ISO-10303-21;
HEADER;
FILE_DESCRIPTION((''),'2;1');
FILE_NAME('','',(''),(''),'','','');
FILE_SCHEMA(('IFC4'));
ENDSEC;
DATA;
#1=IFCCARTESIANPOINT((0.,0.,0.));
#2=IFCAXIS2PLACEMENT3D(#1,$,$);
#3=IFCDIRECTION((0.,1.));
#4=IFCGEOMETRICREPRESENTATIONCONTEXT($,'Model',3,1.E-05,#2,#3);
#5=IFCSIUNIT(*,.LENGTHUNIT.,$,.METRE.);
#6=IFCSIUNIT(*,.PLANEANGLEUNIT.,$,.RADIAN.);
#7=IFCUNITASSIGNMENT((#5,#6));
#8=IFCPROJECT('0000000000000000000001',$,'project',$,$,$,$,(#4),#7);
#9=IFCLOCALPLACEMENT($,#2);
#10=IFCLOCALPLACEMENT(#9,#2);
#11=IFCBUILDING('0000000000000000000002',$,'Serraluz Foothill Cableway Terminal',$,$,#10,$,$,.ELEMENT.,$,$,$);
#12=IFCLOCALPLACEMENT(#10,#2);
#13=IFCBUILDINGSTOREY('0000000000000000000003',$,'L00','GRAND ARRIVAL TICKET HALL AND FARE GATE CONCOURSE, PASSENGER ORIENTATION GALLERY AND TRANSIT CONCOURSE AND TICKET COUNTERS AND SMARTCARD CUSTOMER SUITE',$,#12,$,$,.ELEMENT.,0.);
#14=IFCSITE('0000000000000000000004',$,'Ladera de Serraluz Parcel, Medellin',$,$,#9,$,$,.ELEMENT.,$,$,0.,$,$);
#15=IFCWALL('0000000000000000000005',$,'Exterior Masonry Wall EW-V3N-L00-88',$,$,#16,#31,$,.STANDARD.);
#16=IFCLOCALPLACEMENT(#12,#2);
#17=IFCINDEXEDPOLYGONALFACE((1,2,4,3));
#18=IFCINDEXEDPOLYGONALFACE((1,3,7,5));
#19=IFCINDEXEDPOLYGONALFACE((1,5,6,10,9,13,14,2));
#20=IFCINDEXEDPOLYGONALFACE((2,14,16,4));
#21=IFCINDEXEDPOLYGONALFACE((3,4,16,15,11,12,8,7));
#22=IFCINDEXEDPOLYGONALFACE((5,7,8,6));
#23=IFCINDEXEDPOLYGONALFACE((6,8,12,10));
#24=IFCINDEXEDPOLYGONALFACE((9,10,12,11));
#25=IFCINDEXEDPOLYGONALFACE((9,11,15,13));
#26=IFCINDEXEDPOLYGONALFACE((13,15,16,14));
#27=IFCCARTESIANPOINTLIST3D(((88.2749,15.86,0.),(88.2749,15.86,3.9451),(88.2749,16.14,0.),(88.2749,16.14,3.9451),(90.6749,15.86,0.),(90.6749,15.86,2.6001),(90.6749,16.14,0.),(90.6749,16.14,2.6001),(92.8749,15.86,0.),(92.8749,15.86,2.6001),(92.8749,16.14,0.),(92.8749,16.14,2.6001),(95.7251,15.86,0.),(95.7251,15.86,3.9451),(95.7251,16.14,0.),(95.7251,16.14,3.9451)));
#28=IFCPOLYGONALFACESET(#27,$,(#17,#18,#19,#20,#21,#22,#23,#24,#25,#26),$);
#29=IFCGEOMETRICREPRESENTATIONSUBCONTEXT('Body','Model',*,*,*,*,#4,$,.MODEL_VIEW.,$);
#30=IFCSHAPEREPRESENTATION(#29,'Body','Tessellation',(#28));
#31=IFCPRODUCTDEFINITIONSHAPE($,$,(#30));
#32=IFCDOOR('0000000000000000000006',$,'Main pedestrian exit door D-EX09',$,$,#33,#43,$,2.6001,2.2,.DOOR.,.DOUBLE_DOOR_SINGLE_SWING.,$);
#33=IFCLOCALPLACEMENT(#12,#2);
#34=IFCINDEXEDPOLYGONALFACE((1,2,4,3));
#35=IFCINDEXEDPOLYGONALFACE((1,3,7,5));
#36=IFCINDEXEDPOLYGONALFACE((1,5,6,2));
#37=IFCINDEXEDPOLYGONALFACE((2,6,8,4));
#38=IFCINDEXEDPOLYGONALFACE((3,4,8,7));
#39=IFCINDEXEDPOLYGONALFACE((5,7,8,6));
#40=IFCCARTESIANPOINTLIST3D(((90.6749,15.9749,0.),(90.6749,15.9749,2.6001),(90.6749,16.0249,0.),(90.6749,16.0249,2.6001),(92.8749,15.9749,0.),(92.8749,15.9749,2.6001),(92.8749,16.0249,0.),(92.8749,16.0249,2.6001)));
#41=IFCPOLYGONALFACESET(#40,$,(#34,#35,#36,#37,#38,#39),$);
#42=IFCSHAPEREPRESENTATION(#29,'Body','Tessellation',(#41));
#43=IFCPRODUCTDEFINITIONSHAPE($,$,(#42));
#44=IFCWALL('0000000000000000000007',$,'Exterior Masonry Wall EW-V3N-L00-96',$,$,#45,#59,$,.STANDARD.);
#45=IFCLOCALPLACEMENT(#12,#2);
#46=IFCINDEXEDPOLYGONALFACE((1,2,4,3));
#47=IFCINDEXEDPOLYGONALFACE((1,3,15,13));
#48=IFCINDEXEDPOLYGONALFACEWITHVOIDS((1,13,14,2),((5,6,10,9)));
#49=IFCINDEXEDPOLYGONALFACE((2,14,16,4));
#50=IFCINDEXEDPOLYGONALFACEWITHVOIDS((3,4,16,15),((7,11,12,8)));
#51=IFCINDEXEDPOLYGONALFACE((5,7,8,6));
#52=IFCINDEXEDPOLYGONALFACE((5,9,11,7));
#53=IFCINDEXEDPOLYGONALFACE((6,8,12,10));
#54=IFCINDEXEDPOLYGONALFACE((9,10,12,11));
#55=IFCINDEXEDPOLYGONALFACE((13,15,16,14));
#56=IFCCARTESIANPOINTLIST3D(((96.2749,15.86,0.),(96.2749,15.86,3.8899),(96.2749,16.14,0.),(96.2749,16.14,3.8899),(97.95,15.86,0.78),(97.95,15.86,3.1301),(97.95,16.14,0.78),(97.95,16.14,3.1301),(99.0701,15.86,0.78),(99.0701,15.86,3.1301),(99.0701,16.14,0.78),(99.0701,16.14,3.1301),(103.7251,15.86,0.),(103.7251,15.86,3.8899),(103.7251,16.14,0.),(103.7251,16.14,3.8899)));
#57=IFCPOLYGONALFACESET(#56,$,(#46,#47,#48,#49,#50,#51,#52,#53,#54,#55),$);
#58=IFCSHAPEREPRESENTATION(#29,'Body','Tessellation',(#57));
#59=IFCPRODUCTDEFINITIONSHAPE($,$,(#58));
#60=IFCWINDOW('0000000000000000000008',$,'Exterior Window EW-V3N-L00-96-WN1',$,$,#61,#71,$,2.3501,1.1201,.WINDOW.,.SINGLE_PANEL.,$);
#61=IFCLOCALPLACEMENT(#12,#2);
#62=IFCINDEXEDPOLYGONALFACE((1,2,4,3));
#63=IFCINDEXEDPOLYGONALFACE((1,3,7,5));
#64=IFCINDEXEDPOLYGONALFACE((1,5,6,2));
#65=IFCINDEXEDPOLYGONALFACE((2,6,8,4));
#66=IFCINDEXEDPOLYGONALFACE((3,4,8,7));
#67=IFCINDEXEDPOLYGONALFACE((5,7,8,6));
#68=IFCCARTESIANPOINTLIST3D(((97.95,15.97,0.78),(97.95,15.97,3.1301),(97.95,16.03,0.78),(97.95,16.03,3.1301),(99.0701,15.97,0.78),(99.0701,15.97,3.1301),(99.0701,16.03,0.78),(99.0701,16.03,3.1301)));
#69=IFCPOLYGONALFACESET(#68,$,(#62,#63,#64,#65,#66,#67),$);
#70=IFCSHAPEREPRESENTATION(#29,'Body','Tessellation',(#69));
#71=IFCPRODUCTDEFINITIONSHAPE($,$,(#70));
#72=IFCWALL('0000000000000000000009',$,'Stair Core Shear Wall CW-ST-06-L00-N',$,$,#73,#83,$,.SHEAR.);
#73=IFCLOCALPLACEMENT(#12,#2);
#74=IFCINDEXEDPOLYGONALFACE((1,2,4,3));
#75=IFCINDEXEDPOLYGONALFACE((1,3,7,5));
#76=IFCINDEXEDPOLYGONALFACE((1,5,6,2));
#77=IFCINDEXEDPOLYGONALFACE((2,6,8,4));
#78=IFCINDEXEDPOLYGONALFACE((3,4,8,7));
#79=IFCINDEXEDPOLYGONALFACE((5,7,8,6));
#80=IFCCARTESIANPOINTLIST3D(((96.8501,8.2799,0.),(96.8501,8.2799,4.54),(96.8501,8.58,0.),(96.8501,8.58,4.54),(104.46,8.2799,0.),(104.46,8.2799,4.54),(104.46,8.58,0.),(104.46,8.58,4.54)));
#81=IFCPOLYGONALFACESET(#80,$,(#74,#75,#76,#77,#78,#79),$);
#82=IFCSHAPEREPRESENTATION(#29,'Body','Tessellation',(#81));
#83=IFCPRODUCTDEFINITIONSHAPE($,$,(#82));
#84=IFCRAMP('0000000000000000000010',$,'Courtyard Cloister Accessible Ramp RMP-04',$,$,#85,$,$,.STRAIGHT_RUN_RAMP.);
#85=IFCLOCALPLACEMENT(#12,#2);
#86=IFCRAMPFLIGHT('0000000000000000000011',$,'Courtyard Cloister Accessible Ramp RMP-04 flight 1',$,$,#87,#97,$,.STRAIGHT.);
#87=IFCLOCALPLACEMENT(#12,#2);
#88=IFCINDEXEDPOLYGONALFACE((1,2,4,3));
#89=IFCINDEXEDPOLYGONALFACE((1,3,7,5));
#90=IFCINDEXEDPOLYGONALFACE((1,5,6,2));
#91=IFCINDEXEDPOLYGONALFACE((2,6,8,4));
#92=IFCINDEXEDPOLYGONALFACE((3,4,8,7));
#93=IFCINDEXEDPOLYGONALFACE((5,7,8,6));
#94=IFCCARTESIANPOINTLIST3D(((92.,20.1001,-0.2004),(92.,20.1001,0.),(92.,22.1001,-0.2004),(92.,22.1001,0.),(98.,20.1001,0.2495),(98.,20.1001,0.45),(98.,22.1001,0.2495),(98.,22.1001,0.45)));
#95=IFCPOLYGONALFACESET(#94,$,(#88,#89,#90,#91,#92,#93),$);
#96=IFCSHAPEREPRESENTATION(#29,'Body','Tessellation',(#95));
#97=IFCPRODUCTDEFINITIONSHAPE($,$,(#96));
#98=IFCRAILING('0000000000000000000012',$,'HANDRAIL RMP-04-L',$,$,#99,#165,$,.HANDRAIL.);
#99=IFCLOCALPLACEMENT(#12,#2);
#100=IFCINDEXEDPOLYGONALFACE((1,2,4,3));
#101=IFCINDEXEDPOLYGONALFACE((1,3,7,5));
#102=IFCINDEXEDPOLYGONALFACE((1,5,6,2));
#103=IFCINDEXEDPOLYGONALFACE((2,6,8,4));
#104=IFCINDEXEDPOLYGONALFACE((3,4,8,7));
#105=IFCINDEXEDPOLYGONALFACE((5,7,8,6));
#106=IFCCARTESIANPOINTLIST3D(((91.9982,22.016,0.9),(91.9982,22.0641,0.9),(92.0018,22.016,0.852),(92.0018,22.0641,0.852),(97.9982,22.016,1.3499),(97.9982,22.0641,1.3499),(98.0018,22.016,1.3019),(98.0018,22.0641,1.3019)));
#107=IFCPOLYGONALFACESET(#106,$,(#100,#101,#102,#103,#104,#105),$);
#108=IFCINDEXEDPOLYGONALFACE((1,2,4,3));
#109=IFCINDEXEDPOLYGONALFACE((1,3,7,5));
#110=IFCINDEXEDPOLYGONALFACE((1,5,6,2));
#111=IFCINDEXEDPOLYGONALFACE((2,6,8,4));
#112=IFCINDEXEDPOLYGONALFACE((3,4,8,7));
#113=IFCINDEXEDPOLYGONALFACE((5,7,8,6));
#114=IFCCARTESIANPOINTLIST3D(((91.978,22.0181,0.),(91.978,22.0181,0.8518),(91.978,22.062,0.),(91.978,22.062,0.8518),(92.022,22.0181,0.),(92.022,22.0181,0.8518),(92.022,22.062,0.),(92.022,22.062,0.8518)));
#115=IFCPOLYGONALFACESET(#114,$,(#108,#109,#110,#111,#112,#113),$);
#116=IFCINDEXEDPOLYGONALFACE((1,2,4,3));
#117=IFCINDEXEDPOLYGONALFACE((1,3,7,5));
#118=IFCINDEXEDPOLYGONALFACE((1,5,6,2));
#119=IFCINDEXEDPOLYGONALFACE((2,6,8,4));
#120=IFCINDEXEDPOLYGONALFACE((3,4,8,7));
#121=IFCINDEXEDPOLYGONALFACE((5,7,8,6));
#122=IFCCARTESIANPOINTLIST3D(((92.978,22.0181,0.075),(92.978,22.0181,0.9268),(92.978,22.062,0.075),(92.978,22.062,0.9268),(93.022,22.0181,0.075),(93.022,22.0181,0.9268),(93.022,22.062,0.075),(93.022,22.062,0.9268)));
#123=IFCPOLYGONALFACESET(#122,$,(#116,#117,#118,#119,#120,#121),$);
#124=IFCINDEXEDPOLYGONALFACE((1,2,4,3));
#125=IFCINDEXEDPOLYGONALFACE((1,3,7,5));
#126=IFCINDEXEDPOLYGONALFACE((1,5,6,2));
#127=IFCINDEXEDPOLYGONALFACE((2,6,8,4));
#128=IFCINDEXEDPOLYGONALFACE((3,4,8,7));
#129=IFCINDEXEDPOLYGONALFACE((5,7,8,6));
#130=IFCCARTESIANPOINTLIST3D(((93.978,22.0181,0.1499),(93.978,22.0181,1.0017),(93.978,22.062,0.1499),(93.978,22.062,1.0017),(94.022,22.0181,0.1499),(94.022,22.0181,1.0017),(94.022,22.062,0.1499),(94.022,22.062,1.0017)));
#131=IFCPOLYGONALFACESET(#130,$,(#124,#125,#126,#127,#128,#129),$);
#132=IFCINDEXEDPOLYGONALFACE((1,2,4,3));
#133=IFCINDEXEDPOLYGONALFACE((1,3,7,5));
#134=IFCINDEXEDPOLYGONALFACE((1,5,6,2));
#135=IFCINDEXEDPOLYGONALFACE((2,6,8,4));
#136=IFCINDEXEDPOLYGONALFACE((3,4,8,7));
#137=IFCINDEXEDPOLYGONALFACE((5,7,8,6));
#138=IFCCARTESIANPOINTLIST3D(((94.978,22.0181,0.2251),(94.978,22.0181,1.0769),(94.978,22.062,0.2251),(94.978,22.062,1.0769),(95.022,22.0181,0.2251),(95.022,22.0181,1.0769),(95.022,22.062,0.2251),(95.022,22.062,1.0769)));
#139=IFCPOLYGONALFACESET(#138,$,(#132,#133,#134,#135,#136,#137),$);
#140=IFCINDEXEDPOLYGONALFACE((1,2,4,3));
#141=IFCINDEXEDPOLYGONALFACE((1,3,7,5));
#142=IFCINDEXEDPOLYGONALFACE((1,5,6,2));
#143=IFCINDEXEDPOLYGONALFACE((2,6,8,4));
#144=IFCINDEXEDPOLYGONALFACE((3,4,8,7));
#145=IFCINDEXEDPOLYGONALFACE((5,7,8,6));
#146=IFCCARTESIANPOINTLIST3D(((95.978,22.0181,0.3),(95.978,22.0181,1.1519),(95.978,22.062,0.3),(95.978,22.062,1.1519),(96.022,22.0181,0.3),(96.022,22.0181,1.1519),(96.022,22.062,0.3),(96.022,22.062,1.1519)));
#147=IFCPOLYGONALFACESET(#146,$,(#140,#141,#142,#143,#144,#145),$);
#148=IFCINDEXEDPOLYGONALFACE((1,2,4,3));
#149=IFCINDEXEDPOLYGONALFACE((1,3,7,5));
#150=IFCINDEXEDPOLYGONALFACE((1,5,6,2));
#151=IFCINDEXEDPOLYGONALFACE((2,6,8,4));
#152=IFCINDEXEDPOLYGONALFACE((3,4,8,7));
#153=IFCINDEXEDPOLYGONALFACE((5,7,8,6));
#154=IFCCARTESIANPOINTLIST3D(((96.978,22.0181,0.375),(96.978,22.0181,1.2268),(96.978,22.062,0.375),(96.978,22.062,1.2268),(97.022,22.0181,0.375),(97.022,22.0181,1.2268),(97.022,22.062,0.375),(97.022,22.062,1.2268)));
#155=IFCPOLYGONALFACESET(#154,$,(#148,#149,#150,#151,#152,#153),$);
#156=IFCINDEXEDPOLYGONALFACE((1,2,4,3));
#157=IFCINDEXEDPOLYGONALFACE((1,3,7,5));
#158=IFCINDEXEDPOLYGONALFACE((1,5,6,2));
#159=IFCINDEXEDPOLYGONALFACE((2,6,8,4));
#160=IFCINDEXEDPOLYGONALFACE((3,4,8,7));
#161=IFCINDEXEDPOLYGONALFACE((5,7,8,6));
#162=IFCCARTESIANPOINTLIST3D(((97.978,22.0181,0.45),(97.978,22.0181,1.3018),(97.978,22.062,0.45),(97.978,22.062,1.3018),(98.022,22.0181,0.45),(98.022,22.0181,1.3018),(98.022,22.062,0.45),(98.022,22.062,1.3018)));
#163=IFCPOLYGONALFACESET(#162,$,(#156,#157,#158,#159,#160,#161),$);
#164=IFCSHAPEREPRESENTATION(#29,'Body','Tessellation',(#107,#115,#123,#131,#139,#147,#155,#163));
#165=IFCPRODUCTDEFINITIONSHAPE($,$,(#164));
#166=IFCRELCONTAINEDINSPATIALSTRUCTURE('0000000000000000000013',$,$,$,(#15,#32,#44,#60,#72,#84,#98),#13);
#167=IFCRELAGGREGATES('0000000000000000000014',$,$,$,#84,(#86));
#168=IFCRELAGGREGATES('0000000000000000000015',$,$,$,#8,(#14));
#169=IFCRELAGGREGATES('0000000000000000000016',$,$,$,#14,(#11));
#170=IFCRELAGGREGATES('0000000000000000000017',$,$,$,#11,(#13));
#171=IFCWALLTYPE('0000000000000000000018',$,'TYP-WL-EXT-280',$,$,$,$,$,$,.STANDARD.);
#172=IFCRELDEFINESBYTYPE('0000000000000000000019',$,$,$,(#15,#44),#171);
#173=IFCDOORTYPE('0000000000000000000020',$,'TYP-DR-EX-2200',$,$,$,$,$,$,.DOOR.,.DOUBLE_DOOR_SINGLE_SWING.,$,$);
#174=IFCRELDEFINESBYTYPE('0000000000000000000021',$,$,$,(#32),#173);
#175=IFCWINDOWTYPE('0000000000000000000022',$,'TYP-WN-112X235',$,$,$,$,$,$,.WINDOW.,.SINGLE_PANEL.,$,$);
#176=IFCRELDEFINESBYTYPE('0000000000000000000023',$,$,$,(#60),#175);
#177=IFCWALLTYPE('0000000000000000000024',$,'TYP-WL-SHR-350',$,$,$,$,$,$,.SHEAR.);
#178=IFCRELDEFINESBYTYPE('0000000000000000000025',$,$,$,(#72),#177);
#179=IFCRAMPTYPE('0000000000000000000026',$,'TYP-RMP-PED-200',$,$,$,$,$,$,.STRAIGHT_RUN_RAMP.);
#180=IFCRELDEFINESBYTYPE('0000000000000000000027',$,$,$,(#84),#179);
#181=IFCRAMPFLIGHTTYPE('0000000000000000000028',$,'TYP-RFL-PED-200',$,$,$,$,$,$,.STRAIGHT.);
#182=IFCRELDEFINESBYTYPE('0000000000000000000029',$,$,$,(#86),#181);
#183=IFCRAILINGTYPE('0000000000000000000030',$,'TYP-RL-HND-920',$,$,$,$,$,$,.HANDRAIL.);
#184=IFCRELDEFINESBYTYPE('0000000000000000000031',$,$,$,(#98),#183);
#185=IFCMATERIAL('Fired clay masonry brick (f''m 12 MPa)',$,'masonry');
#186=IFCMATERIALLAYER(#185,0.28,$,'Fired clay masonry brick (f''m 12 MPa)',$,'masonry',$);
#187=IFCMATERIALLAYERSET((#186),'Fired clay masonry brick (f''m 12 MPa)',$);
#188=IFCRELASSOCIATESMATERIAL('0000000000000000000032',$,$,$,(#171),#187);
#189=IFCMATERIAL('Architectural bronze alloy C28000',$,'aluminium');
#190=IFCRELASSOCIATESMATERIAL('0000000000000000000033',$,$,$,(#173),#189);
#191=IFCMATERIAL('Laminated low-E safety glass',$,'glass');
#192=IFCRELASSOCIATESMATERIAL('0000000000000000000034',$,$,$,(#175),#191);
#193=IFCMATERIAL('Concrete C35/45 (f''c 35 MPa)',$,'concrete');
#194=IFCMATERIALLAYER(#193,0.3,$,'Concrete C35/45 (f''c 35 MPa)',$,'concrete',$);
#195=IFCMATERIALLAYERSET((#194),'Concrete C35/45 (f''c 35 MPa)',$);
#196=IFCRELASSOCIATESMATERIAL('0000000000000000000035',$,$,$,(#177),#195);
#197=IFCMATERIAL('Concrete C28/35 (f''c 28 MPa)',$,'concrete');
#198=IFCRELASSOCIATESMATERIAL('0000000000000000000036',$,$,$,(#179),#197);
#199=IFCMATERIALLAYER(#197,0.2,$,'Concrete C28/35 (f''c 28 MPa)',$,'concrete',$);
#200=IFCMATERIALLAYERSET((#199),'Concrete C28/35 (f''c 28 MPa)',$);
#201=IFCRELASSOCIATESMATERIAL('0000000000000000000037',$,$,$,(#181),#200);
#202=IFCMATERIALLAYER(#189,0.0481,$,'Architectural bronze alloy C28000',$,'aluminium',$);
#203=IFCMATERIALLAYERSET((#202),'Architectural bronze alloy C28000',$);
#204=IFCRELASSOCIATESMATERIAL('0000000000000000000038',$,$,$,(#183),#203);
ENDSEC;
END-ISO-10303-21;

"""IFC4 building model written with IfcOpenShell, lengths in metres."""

from ifc_helpers import new_model, si_unit, direction, frame, frame_2d, origin, origin_2d, place, context, subcontext, project, spatial, polyline, rectangle, outline, extrude, material, layer, layer_set, type_object, element, fill, aggregate, save


model = new_model("IFC4")

# Units and contexts
model_context = context("Model", 3, precision=1e-05, world=origin(), true_north=direction((0.0, 1.0)))
body_context = subcontext(model_context, "Body", "Model", "MODEL_VIEW")
ifc_project = project(units=[si_unit("LENGTHUNIT", "METRE"), si_unit("PLANEANGLEUNIT", "RADIAN")], contexts=[model_context])

# Site, building, storey
site_placement = place(None, origin())
site = spatial("IfcSite", under=ifc_project, at=site_placement, Name="Ladera de Serraluz Parcel, Medellin", CompositionType="ELEMENT", RefElevation=0.0)
building_placement = place(site_placement, origin())
building = spatial("IfcBuilding", under=site, at=building_placement, Name="Serraluz Foothill Cableway Terminal", CompositionType="ELEMENT")
storey_placement = place(building_placement, origin())
storey = spatial("IfcBuildingStorey", under=building, at=storey_placement, Name="L00", Description="GRAND ARRIVAL TICKET HALL AND FARE GATE CONCOURSE, PASSENGER ORIENTATION GALLERY AND TRANSIT CONCOURSE AND TICKET COUNTERS AND SMARTCARD CUSTOMER SUITE", CompositionType="ELEMENT", Elevation=0.0)

# Shared definitions
ifc_material_1 = material(Name="Concrete C35/45 (f'c 35 MPa)", Category="concrete")

# Shared definitions
ifc_material_2 = material(Name="Concrete C28/35 (f'c 28 MPa)", Category="concrete")

# Wall, opening, door
ifc_material_3 = material(Name="Fired clay masonry brick (f'm 12 MPa)", Category="masonry")
ifc_layer_1 = layer(ifc_material_3, 0.28, Name="Fired clay masonry brick (f'm 12 MPa)", Category="masonry")
ifc_layer_set_1 = layer_set([ifc_layer_1], Name="Fired clay masonry brick (f'm 12 MPa)")
wall_type_1 = type_object("IfcWallType", Name="TYP-WL-EXT-280", PredefinedType="STANDARD", material=ifc_layer_set_1)
wall_1_placement = place(storey_placement, frame((88.2749, 16.0, 0.0), z_axis=(0.0, 0.0, 1.0), x_axis=(1.0, 0.0, 0.0)))
wall_1 = element("IfcWall", 1, at=wall_1_placement, inside=storey, type_object=wall_type_1, Name="Exterior Masonry Wall EW-V3N-L00-88", PredefinedType="STANDARD", context=body_context, shape_type="SweptSolid", body=[
    extrude(rectangle(XDim=7.4502, YDim=0.28, at=frame_2d((3.7251, 0.0))), origin(), (0.0, 0.0, 1.0), 3.9451),
])
opening_1_placement = place(wall_1_placement, frame((2.3999, 0.0, 0.0)))
opening_1 = element("IfcOpeningElement", 2, at=opening_1_placement, cuts=wall_1, PredefinedType="OPENING", context=body_context, shape_type="SweptSolid", body=[
    extrude(rectangle(XDim=2.2, YDim=2.6001, at=frame_2d((1.1001, 1.3))), frame((0.0, 0.1499, 0.0), z_axis=(0.0, -1.0, 0.0), x_axis=(1.0, 0.0, 0.0)), (0.0, 0.0, 1.0), 0.3),
])
ifc_material_4 = material(Name="Architectural bronze alloy C28000", Category="aluminium")
door_type = type_object("IfcDoorType", Name="TYP-DR-EX-2200", OperationType="DOUBLE_DOOR_SINGLE_SWING", PredefinedType="DOOR", material=ifc_material_4)
door_placement = place(opening_1_placement, origin())
door = element("IfcDoor", 3, at=door_placement, inside=storey, type_object=door_type, Name="Main pedestrian exit door D-EX09", OperationType="DOUBLE_DOOR_SINGLE_SWING", OverallHeight=2.6001, OverallWidth=2.2, PredefinedType="DOOR", context=body_context, shape_type="SweptSolid", body=[
    extrude(rectangle(XDim=2.2, YDim=2.6001, at=frame_2d((1.1001, 1.3))), frame((0.0, 0.0249, 0.0), z_axis=(0.0, -1.0, 0.0), x_axis=(1.0, 0.0, 0.0)), (0.0, 0.0, 1.0), 0.05),
])
fill(opening_1, door)

# Wall, opening, window
wall_2_placement = place(storey_placement, frame((96.2749, 16.0, 0.0), z_axis=(0.0, 0.0, 1.0), x_axis=(1.0, 0.0, 0.0)))
wall_2 = element("IfcWall", 4, at=wall_2_placement, inside=storey, type_object=wall_type_1, Name="Exterior Masonry Wall EW-V3N-L00-96", PredefinedType="STANDARD", context=body_context, shape_type="SweptSolid", body=[
    extrude(rectangle(XDim=7.4502, YDim=0.28, at=frame_2d((3.7251, 0.0))), origin(), (0.0, 0.0, 1.0), 3.8899),
])
opening_2_placement = place(wall_2_placement, frame((1.675, 0.0, 0.78)))
opening_2 = element("IfcOpeningElement", 5, at=opening_2_placement, cuts=wall_2, PredefinedType="OPENING", context=body_context, shape_type="SweptSolid", body=[
    extrude(rectangle(XDim=1.1201, YDim=2.3501, at=frame_2d((0.5601, 1.175))), frame((0.0, 0.1499, 0.0), z_axis=(0.0, -1.0, 0.0), x_axis=(1.0, 0.0, 0.0)), (0.0, 0.0, 1.0), 0.3),
])
ifc_material_5 = material(Name="Laminated low-E safety glass", Category="glass")
window_type = type_object("IfcWindowType", Name="TYP-WN-112X235", PartitioningType="SINGLE_PANEL", PredefinedType="WINDOW", material=ifc_material_5)
window_placement = place(opening_2_placement, origin())
window = element("IfcWindow", 6, at=window_placement, inside=storey, type_object=window_type, Name="Exterior Window EW-V3N-L00-96-WN1", OverallHeight=2.3501, OverallWidth=1.1201, PartitioningType="SINGLE_PANEL", PredefinedType="WINDOW", context=body_context, shape_type="SweptSolid", body=[
    extrude(rectangle(XDim=1.1201, YDim=2.3501, at=frame_2d((0.5601, 1.175))), frame((0.0, 0.03, 0.0), z_axis=(0.0, -1.0, 0.0), x_axis=(1.0, 0.0, 0.0)), (0.0, 0.0, 1.0), 0.0601),
])
fill(opening_2, window)

# Wall
ifc_layer_2 = layer(ifc_material_1, 0.3, Name="Concrete C35/45 (f'c 35 MPa)", Category="concrete")
ifc_layer_set_2 = layer_set([ifc_layer_2], Name="Concrete C35/45 (f'c 35 MPa)")
wall_type_2 = type_object("IfcWallType", Name="TYP-WL-SHR-350", PredefinedType="SHEAR", material=ifc_layer_set_2)
wall_3_placement = place(storey_placement, frame((96.8501, 8.4299, 0.0), z_axis=(0.0, 0.0, 1.0), x_axis=(1.0, 0.0, 0.0)))
element("IfcWall", 7, at=wall_3_placement, inside=storey, type_object=wall_type_2, Name="Stair Core Shear Wall CW-ST-06-L00-N", PredefinedType="SHEAR", context=body_context, shape_type="SweptSolid", body=[
    extrude(rectangle(XDim=7.6099, YDim=0.3, at=frame_2d((3.8049, 0.0))), origin(), (0.0, 0.0, 1.0), 4.54),
])

# Ramp, ramp flight
ramp_type = type_object("IfcRampType", Name="TYP-RMP-PED-200", PredefinedType="STRAIGHT_RUN_RAMP", material=ifc_material_2)
ramp_placement = place(storey_placement, origin())
ramp = element("IfcRamp", 8, at=ramp_placement, inside=storey, type_object=ramp_type, Name="Courtyard Cloister Accessible Ramp RMP-04", PredefinedType="STRAIGHT_RUN_RAMP")
ifc_layer_3 = layer(ifc_material_2, 0.2, Name="Concrete C28/35 (f'c 28 MPa)", Category="concrete")
ifc_layer_set_3 = layer_set([ifc_layer_3], Name="Concrete C28/35 (f'c 28 MPa)")
ramp_flight_type = type_object("IfcRampFlightType", Name="TYP-RFL-PED-200", PredefinedType="STRAIGHT", material=ifc_layer_set_3)
ramp_flight_placement = place(storey_placement, frame((92.0, 21.1001, 0.0), z_axis=(0.0, 0.0, 1.0), x_axis=(1.0, 0.0, 0.0)))
ramp_flight = element("IfcRampFlight", 9, at=ramp_flight_placement, type_object=ramp_flight_type, Name="Courtyard Cloister Accessible Ramp RMP-04 flight 1", PredefinedType="STRAIGHT", context=body_context, shape_type="SweptSolid", body=[
    extrude(outline(polyline([(0.0, -0.2004), (6.0, 0.2495), (6.0, 0.45), (0.0, 0.0), (0.0, -0.2004)])), frame((0.0, 1.0, 0.0), z_axis=(0.0, -1.0, 0.0), x_axis=(1.0, 0.0, 0.0)), (0.0, 0.0, 1.0), 2.0),
])
aggregate(ramp, [ramp_flight])

# Railing
ifc_layer_4 = layer(ifc_material_4, 0.0481, Name="Architectural bronze alloy C28000", Category="aluminium")
ifc_layer_set_4 = layer_set([ifc_layer_4], Name="Architectural bronze alloy C28000")
railing_type = type_object("IfcRailingType", Name="TYP-RL-HND-920", PredefinedType="HANDRAIL", material=ifc_layer_set_4)
for number, where, name in (
    (10, (92.0, 22.04, 0.0), "HANDRAIL RMP-04-L"),
):
    element("IfcRailing", number, at=place(storey_placement, frame(where)), inside=storey, type_object=railing_type, Name=name, PredefinedType="HANDRAIL", context=body_context, shape_type="SweptSolid", body=[
        extrude(rectangle(XDim=0.0481, YDim=0.0481, at=origin_2d()), frame((0.0, 0.0, 0.876), z_axis=(0.9972, 0.0, 0.074782), x_axis=(0.0, 1.0, 0.0)), (0.0, 0.0, 1.0), 6.0168),
        extrude(rectangle(XDim=0.0439, YDim=0.0439, at=origin_2d()), origin(), (0.0, 0.0, 1.0), 0.8518),
        extrude(rectangle(XDim=0.0439, YDim=0.0439, at=origin_2d()), frame((1.0, 0.0, 0.075)), (0.0, 0.0, 1.0), 0.8518),
        extrude(rectangle(XDim=0.0439, YDim=0.0439, at=origin_2d()), frame((2.0, 0.0, 0.1499)), (0.0, 0.0, 1.0), 0.8518),
        extrude(rectangle(XDim=0.0439, YDim=0.0439, at=origin_2d()), frame((3.0, 0.0, 0.2251)), (0.0, 0.0, 1.0), 0.8518),
        extrude(rectangle(XDim=0.0439, YDim=0.0439, at=origin_2d()), frame((4.0, 0.0, 0.3)), (0.0, 0.0, 1.0), 0.8518),
        extrude(rectangle(XDim=0.0439, YDim=0.0439, at=origin_2d()), frame((5.0, 0.0, 0.375)), (0.0, 0.0, 1.0), 0.8518),
        extrude(rectangle(XDim=0.0439, YDim=0.0439, at=origin_2d()), frame((6.0, 0.0, 0.45)), (0.0, 0.0, 1.0), 0.8518),
    ])

save(model, "model.ifc")
